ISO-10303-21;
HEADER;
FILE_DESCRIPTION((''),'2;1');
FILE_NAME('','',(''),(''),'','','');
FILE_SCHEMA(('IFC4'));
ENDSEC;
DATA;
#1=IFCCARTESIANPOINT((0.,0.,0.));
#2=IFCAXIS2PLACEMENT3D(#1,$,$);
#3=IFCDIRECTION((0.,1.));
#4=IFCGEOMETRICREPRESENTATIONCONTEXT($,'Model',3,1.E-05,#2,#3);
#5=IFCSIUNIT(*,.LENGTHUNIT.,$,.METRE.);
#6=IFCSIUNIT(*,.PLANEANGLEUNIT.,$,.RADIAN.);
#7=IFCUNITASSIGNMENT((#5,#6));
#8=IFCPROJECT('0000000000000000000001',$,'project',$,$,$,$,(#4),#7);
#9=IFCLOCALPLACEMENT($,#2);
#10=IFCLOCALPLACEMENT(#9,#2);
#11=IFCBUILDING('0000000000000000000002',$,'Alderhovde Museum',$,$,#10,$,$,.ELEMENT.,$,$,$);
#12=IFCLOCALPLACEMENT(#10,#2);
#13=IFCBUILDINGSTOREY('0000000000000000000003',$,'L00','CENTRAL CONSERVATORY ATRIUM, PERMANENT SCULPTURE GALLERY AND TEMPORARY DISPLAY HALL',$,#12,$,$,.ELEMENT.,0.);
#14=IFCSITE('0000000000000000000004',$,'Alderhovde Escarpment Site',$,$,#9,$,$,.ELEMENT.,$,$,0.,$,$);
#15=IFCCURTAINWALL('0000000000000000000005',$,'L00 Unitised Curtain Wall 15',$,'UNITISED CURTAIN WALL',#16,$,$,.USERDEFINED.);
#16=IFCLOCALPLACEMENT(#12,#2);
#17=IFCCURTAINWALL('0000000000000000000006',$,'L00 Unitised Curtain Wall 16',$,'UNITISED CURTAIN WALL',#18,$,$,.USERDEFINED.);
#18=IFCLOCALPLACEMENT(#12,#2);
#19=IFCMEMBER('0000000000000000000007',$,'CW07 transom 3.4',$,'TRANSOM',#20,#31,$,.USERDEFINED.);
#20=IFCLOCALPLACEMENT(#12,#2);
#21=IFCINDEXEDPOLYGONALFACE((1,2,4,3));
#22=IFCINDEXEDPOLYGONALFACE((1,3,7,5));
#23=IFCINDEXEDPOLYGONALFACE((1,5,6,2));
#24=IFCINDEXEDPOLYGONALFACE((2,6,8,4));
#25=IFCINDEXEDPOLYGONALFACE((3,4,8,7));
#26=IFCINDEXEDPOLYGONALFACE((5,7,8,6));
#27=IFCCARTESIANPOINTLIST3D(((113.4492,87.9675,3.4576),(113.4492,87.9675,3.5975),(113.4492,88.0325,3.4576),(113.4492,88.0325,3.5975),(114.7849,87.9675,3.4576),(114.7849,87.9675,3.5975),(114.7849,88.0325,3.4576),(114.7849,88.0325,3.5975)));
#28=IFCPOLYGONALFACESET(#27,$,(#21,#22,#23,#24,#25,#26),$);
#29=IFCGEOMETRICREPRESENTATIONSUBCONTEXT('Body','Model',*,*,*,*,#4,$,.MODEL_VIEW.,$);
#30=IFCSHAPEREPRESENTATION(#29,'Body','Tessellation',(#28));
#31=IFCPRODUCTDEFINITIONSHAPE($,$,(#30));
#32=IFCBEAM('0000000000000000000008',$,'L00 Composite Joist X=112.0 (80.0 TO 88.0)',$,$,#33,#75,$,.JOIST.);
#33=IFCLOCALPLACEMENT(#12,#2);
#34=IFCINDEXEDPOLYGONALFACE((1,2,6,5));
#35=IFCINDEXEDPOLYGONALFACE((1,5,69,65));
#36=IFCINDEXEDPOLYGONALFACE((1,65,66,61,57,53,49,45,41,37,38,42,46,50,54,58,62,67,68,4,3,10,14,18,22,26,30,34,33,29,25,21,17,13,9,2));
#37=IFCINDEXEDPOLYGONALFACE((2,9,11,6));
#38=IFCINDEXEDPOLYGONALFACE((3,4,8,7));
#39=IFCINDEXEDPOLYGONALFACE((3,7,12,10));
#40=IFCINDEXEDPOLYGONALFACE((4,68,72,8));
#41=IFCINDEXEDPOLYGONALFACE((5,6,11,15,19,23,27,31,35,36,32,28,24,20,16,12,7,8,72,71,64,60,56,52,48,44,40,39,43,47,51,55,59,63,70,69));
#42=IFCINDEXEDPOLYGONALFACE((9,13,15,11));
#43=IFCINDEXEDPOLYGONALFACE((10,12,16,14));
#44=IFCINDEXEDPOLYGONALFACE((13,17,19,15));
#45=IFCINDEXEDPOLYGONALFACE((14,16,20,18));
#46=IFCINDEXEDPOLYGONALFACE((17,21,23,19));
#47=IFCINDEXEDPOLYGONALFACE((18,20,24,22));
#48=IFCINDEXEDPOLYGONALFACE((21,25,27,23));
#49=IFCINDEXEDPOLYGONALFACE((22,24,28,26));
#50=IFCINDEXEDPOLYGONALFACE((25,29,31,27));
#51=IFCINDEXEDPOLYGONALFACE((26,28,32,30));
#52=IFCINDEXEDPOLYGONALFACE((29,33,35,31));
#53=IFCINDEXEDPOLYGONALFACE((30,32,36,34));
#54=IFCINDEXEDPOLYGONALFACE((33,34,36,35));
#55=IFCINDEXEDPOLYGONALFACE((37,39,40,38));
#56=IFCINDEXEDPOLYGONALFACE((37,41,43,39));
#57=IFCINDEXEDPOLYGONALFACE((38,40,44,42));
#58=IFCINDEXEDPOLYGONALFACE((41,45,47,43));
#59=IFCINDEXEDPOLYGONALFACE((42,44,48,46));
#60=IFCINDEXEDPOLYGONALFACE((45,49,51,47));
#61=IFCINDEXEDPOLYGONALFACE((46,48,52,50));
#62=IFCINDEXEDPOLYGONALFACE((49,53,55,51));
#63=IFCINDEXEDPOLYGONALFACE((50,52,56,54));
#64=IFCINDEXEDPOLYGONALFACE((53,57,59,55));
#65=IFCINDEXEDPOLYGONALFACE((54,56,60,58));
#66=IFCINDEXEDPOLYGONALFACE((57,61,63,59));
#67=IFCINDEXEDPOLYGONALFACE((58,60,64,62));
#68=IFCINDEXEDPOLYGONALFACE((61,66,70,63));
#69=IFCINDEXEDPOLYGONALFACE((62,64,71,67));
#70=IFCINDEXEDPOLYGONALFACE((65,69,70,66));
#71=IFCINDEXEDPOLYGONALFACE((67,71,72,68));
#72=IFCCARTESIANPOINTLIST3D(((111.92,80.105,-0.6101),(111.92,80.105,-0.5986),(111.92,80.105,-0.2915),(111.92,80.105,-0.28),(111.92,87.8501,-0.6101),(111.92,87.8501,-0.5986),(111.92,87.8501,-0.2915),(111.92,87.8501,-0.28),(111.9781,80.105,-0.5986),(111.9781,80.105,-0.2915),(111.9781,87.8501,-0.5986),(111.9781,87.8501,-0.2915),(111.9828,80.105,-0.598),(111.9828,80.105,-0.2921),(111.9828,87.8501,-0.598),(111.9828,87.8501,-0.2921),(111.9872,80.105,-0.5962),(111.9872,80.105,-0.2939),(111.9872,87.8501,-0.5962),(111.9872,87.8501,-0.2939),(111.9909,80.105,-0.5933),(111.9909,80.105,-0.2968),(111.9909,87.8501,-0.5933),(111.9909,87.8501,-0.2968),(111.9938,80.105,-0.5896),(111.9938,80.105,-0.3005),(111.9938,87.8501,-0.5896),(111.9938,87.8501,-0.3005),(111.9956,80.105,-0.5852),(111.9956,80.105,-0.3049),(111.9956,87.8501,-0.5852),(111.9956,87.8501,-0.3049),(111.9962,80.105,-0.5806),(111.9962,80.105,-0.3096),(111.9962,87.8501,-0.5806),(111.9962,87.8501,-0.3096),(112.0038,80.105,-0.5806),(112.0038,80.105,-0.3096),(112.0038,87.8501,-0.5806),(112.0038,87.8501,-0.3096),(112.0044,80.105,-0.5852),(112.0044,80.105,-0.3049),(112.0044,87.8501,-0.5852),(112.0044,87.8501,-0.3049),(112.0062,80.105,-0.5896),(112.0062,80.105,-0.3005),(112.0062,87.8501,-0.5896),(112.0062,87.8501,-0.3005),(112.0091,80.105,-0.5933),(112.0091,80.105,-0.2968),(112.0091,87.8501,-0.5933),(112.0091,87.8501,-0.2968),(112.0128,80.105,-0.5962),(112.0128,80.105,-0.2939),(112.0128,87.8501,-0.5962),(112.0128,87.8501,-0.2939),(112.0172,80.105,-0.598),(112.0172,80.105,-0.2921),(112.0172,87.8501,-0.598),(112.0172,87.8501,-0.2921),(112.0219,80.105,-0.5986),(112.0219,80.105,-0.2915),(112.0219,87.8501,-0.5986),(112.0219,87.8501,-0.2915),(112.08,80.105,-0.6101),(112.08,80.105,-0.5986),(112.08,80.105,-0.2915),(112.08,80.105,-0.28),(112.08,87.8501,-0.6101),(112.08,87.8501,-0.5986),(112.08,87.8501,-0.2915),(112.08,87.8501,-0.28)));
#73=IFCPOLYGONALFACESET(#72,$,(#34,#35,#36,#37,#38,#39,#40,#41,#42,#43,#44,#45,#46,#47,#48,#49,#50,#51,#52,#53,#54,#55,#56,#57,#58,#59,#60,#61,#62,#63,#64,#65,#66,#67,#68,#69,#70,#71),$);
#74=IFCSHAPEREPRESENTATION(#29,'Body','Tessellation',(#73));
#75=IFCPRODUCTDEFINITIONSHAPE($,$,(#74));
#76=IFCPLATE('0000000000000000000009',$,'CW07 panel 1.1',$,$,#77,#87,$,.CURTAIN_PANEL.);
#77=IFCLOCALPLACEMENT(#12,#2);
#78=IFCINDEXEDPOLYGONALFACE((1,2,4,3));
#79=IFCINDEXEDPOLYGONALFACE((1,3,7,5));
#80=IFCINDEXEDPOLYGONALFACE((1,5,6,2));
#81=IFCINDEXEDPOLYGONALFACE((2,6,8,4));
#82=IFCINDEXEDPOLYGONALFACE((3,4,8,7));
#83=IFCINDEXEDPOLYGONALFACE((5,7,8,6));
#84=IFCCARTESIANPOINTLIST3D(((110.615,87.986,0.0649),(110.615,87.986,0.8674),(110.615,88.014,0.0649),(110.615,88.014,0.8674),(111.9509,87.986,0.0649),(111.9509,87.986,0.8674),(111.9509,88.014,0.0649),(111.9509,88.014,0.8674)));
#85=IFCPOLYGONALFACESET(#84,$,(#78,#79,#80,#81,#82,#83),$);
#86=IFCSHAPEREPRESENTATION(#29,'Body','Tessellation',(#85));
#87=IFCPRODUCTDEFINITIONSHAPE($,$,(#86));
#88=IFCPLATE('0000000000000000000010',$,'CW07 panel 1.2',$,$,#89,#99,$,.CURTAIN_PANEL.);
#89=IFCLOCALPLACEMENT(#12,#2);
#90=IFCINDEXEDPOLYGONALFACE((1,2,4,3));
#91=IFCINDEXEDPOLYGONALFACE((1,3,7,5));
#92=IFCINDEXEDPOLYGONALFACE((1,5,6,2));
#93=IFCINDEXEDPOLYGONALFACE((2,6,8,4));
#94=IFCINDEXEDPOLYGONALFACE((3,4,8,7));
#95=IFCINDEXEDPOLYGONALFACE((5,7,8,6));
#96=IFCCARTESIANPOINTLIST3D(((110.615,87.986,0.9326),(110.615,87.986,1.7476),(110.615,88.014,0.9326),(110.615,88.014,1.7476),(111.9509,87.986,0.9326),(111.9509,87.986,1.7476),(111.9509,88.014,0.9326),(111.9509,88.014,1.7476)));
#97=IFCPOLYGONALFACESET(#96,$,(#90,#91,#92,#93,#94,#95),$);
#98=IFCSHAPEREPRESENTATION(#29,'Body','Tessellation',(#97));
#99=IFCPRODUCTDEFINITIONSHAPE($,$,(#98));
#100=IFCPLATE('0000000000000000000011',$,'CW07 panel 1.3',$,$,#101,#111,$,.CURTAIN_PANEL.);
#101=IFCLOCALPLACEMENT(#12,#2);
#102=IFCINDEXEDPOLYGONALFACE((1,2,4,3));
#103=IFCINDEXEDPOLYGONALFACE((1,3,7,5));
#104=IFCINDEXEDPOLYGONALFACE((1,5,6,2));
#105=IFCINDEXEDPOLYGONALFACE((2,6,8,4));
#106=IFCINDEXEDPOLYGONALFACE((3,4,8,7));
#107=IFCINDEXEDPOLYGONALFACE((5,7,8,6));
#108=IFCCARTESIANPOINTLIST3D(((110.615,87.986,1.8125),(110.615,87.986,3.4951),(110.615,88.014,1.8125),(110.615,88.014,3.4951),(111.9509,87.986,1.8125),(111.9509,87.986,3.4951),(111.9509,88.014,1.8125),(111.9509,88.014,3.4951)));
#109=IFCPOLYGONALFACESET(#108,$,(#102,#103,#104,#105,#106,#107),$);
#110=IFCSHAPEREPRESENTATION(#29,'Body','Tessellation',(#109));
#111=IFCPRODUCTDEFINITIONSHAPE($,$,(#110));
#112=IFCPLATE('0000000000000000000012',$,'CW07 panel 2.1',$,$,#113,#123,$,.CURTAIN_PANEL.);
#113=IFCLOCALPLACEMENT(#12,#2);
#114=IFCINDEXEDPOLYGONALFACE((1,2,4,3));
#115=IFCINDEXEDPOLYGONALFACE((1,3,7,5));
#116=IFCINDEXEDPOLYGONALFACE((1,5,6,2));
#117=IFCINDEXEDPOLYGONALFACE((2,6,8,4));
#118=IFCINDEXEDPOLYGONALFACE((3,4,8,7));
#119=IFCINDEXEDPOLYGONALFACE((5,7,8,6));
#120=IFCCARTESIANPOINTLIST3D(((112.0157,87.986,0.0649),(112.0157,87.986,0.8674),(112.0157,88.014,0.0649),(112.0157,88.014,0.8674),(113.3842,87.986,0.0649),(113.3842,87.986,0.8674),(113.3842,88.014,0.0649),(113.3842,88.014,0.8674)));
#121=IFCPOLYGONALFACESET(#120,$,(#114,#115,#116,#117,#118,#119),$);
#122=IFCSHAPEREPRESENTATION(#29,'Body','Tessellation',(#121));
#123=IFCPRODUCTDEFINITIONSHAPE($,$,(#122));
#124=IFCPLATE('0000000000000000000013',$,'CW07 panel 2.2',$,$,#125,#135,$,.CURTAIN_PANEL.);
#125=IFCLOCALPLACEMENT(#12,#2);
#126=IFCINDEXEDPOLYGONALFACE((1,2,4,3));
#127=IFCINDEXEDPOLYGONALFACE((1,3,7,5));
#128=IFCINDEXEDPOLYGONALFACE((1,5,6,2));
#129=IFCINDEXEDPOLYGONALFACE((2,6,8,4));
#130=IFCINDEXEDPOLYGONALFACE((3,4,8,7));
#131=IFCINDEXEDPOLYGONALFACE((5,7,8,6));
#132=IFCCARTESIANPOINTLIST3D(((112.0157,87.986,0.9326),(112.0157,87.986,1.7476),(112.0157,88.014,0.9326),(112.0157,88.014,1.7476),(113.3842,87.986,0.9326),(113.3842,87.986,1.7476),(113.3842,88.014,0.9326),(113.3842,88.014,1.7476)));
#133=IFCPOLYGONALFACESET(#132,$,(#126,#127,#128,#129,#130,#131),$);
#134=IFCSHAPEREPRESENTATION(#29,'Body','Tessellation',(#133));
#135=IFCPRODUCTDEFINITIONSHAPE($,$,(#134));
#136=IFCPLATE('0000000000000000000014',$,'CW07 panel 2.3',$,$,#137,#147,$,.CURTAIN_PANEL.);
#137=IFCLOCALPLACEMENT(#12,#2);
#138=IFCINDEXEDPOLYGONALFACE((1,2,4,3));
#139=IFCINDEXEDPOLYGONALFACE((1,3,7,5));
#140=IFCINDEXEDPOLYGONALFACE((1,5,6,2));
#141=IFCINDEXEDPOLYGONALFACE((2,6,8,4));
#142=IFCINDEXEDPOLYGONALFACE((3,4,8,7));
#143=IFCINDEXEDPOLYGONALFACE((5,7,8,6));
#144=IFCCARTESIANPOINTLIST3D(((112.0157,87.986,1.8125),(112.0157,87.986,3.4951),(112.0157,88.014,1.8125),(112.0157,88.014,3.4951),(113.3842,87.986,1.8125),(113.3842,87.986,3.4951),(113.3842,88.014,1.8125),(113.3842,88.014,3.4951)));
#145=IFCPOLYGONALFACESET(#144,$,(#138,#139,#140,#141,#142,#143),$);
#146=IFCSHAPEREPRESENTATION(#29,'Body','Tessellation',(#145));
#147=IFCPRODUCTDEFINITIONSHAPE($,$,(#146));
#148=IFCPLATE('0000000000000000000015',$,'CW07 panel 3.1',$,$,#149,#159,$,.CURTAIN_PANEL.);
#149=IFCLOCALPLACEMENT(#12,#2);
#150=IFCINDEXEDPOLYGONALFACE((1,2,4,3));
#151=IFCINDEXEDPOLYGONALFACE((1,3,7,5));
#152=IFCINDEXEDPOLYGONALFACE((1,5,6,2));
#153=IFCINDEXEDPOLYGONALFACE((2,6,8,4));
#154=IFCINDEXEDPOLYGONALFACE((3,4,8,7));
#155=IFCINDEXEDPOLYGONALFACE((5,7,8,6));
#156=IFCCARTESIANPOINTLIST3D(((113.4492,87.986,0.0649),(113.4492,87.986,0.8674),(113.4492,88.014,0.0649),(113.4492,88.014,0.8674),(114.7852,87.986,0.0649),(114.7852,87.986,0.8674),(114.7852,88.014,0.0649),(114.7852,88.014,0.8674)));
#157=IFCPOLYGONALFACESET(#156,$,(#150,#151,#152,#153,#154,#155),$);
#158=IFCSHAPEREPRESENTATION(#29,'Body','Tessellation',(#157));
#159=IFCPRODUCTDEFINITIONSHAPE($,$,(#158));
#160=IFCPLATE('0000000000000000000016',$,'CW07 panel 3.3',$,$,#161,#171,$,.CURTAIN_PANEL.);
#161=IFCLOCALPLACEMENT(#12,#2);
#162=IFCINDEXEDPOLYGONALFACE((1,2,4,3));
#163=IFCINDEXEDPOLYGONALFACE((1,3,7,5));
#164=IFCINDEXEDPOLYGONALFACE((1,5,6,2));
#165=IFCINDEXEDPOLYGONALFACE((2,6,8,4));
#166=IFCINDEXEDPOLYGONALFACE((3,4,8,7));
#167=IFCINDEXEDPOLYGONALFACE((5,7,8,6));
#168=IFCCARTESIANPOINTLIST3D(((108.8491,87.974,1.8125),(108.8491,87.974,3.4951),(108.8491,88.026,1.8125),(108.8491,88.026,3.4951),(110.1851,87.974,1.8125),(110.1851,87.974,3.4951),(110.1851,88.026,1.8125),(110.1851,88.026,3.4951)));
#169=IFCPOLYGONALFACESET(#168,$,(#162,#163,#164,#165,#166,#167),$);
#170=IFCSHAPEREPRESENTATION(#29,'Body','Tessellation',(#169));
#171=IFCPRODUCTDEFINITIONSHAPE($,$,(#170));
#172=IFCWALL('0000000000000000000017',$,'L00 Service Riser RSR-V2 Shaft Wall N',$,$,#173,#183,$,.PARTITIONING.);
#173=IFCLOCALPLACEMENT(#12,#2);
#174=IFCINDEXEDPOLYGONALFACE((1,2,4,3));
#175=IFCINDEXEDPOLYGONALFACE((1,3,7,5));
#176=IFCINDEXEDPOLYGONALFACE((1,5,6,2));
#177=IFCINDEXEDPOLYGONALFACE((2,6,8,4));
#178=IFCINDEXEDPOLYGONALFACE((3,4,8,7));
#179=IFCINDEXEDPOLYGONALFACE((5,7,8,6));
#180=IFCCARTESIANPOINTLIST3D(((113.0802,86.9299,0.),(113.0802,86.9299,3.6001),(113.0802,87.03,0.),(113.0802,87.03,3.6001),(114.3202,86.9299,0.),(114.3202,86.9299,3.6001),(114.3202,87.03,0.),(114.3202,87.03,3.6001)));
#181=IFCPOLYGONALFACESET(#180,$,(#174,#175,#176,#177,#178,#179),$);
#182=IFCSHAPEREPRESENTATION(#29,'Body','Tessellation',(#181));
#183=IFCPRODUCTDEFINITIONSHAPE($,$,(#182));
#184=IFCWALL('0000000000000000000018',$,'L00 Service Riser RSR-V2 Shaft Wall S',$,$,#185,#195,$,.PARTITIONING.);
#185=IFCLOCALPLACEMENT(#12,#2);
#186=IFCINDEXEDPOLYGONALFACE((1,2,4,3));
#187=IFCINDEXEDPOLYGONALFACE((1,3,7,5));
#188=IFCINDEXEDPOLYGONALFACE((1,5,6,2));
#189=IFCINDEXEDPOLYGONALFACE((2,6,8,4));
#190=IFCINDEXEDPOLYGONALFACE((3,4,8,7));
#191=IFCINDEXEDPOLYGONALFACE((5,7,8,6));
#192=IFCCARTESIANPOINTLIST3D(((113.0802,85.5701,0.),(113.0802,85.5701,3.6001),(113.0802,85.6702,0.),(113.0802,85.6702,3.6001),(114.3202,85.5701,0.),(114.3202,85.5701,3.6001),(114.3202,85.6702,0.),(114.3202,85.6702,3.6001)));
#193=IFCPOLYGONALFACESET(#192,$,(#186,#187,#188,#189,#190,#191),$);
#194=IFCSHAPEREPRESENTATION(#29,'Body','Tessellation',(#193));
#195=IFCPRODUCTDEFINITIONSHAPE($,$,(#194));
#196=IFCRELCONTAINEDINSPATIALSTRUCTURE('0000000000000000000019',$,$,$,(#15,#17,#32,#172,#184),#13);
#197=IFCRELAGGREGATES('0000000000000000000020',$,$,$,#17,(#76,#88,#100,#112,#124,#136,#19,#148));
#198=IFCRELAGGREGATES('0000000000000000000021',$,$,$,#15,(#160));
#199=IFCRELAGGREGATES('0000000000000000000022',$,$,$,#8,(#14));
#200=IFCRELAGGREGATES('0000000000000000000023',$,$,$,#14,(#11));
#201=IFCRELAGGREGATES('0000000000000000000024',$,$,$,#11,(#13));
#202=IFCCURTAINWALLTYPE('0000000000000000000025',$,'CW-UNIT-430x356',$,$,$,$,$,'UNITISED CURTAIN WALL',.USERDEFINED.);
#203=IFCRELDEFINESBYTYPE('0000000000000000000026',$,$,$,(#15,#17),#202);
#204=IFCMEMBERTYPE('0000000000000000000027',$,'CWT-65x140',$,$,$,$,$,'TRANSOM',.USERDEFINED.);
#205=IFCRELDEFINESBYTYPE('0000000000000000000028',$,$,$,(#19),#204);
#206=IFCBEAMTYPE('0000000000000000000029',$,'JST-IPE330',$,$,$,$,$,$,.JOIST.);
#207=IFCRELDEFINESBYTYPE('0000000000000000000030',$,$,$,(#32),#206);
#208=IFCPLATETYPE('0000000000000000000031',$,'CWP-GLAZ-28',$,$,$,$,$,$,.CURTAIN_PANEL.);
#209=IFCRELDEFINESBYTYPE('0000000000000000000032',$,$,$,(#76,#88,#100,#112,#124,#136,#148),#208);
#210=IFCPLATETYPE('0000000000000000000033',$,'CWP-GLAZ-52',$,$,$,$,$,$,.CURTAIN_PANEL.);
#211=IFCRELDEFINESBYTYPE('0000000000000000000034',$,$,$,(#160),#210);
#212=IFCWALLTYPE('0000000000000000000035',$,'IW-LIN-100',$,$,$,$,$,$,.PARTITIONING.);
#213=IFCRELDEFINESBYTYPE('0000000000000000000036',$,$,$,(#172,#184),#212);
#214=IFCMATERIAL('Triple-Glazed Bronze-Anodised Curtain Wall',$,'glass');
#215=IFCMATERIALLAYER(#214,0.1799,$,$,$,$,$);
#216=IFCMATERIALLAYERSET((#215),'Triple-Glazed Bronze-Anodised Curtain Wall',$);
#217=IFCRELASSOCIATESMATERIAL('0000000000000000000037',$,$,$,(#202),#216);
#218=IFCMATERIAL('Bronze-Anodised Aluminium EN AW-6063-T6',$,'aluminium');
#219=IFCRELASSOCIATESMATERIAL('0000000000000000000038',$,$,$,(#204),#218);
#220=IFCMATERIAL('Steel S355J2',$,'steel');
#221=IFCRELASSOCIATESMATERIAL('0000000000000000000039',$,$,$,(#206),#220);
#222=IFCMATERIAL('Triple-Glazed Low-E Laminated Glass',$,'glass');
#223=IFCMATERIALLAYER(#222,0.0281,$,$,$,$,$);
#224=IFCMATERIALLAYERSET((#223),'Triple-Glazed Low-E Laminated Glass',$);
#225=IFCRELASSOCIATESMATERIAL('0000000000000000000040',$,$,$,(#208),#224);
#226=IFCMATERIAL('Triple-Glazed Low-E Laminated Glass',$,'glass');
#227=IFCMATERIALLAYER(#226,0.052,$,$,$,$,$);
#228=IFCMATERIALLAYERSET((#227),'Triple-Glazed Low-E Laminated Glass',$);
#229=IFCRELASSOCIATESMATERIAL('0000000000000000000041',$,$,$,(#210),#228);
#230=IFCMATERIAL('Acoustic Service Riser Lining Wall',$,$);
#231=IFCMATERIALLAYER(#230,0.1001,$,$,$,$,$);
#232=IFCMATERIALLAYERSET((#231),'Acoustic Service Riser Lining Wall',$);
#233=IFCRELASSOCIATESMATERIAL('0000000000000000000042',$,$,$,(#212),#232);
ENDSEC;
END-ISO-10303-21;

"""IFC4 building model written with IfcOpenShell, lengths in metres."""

from ifc_helpers import new_model, si_unit, direction, frame, frame_2d, origin, origin_2d, place, context, subcontext, project, spatial, rectangle, i_section, extrude, material, layer, layer_set, material_profile, profile_set, type_object, element, aggregate, save


model = new_model("IFC4")

# Units and contexts
model_context = context("Model", 3, precision=1e-05, world=origin(), true_north=direction((0.0, 1.0)))
body_context = subcontext(model_context, "Body", "Model", "MODEL_VIEW")
ifc_project = project(units=[si_unit("LENGTHUNIT", "METRE"), si_unit("PLANEANGLEUNIT", "RADIAN")], contexts=[model_context])

# Site, building, storey
site_placement = place(None, origin())
site = spatial("IfcSite", under=ifc_project, at=site_placement, Name="Alderhovde Escarpment Site", CompositionType="ELEMENT", RefElevation=0.0)
building_placement = place(site_placement, origin())
building = spatial("IfcBuilding", under=site, at=building_placement, Name="Alderhovde Museum", CompositionType="ELEMENT")
storey_placement = place(building_placement, origin())
storey = spatial("IfcBuildingStorey", under=building, at=storey_placement, Name="L00", Description="CENTRAL CONSERVATORY ATRIUM, PERMANENT SCULPTURE GALLERY AND TEMPORARY DISPLAY HALL", CompositionType="ELEMENT", Elevation=0.0)

# Curtain wall
ifc_material_1 = material(Name="Triple-Glazed Bronze-Anodised Curtain Wall", Category="glass")
ifc_layer_1 = layer(ifc_material_1, 0.1799)
ifc_layer_set_1 = layer_set([ifc_layer_1], Name="Triple-Glazed Bronze-Anodised Curtain Wall")
curtain_wall_type = type_object("IfcCurtainWallType", Name="CW-UNIT-430x356", ElementType="UNITISED CURTAIN WALL", PredefinedType="USERDEFINED", material=ifc_layer_set_1)
curtain_wall_1_placement = place(storey_placement, origin())
curtain_wall_1 = element("IfcCurtainWall", 1, at=curtain_wall_1_placement, inside=storey, type_object=curtain_wall_type, Name="L00 Unitised Curtain Wall 15", ObjectType="UNITISED CURTAIN WALL", PredefinedType="USERDEFINED")

# Curtain wall, member
curtain_wall_2_placement = place(storey_placement, origin())
curtain_wall_2 = element("IfcCurtainWall", 2, at=curtain_wall_2_placement, inside=storey, type_object=curtain_wall_type, Name="L00 Unitised Curtain Wall 16", ObjectType="UNITISED CURTAIN WALL", PredefinedType="USERDEFINED")
ifc_material_2 = material(Name="Bronze-Anodised Aluminium EN AW-6063-T6", Category="aluminium")
ifc_material_profile_1 = material_profile(ifc_material_2, rectangle(XDim=0.0649, YDim=0.1399, at=origin_2d()), Name="TRANSOM 65x140")
ifc_profile_set_1 = profile_set([ifc_material_profile_1], Name="Bronze-Anodised Aluminium EN AW-6063-T6")
member_type_1 = type_object("IfcMemberType", Name="CWT-65x140", ElementType="TRANSOM", PredefinedType="USERDEFINED", material=ifc_profile_set_1)
member_1_placement = place(storey_placement, frame((113.4492, 88.0, 3.5276), z_axis=(1.0, 0.0, 0.0), x_axis=(0.0, 1.0, 0.0)))
member_1 = element("IfcMember", 3, at=member_1_placement, type_object=member_type_1, Name="CW07 transom 3.4", ObjectType="TRANSOM", PredefinedType="USERDEFINED", context=body_context, shape_type="SweptSolid", body=[
    extrude(rectangle(XDim=0.0649, YDim=0.1399, at=origin_2d()), origin(), (0.0, 0.0, 1.0), 1.3357),
])

# Beam
ifc_material_3 = material(Name="Steel S355J2", Category="steel")
ifc_material_profile_2 = material_profile(ifc_material_3, i_section(OverallWidth=0.1599, OverallDepth=0.3301, WebThickness=0.0076, FlangeThickness=0.0115, FilletRadius=0.0181, at=origin_2d()), Name="IPE 330")
ifc_profile_set_2 = profile_set([ifc_material_profile_2], Name="Steel S355J2")
beam_type = type_object("IfcBeamType", Name="JST-IPE330", PredefinedType="JOIST", material=ifc_profile_set_2)
beam_placement = place(storey_placement, frame((112.0, 80.105, -0.4451), z_axis=(0.0, 1.0, 0.0), x_axis=(-1.0, 0.0, 0.0)))
element("IfcBeam", 4, at=beam_placement, inside=storey, type_object=beam_type, Name="L00 Composite Joist X=112.0 (80.0 TO 88.0)", PredefinedType="JOIST", context=body_context, shape_type="SweptSolid", body=[
    extrude(i_section(OverallWidth=0.1599, OverallDepth=0.3301, WebThickness=0.0076, FlangeThickness=0.0115, FilletRadius=0.0181, at=origin_2d()), origin(), (0.0, 0.0, 1.0), 7.7451),
])

# Plates
ifc_material_4 = material(Name="Triple-Glazed Low-E Laminated Glass", Category="glass")
ifc_layer_2 = layer(ifc_material_4, 0.0281)
ifc_layer_set_2 = layer_set([ifc_layer_2], Name="Triple-Glazed Low-E Laminated Glass")
plate_type_1 = type_object("IfcPlateType", Name="CWP-GLAZ-28", PredefinedType="CURTAIN_PANEL", material=ifc_layer_set_2)
plate_1_placement = place(storey_placement, frame((111.283, 88.0, 0.0649), z_axis=(0.0, 0.0, 1.0), x_axis=(1.0, 0.0, 0.0)))
plate_1 = element("IfcPlate", 5, at=plate_1_placement, type_object=plate_type_1, Name="CW07 panel 1.1", PredefinedType="CURTAIN_PANEL", context=body_context, shape_type="SweptSolid", body=[
    extrude(rectangle(XDim=1.3359, YDim=0.0281, at=origin_2d()), origin(), (0.0, 0.0, 1.0), 0.8025),
])
plate_2_placement = place(storey_placement, frame((111.283, 88.0, 0.9326), z_axis=(0.0, 0.0, 1.0), x_axis=(1.0, 0.0, 0.0)))
plate_2 = element("IfcPlate", 6, at=plate_2_placement, type_object=plate_type_1, Name="CW07 panel 1.2", PredefinedType="CURTAIN_PANEL", context=body_context, shape_type="SweptSolid", body=[
    extrude(rectangle(XDim=1.3359, YDim=0.0281, at=origin_2d()), origin(), (0.0, 0.0, 1.0), 0.8149),
])
plate_3_placement = place(storey_placement, frame((111.283, 88.0, 1.8125), z_axis=(0.0, 0.0, 1.0), x_axis=(1.0, 0.0, 0.0)))
plate_3 = element("IfcPlate", 7, at=plate_3_placement, type_object=plate_type_1, Name="CW07 panel 1.3", PredefinedType="CURTAIN_PANEL", context=body_context, shape_type="SweptSolid", body=[
    extrude(rectangle(XDim=1.3359, YDim=0.0281, at=origin_2d()), origin(), (0.0, 0.0, 1.0), 1.6826),
])
plate_4_placement = place(storey_placement, frame((112.7, 88.0, 0.0649), z_axis=(0.0, 0.0, 1.0), x_axis=(1.0, 0.0, 0.0)))
plate_4 = element("IfcPlate", 8, at=plate_4_placement, type_object=plate_type_1, Name="CW07 panel 2.1", PredefinedType="CURTAIN_PANEL", context=body_context, shape_type="SweptSolid", body=[
    extrude(rectangle(XDim=1.3684, YDim=0.0281, at=origin_2d()), origin(), (0.0, 0.0, 1.0), 0.8025),
])
plate_5_placement = place(storey_placement, frame((112.7, 88.0, 0.9326), z_axis=(0.0, 0.0, 1.0), x_axis=(1.0, 0.0, 0.0)))
plate_5 = element("IfcPlate", 9, at=plate_5_placement, type_object=plate_type_1, Name="CW07 panel 2.2", PredefinedType="CURTAIN_PANEL", context=body_context, shape_type="SweptSolid", body=[
    extrude(rectangle(XDim=1.3684, YDim=0.0281, at=origin_2d()), origin(), (0.0, 0.0, 1.0), 0.8149),
])
plate_6_placement = place(storey_placement, frame((112.7, 88.0, 1.8125), z_axis=(0.0, 0.0, 1.0), x_axis=(1.0, 0.0, 0.0)))
plate_6 = element("IfcPlate", 10, at=plate_6_placement, type_object=plate_type_1, Name="CW07 panel 2.3", PredefinedType="CURTAIN_PANEL", context=body_context, shape_type="SweptSolid", body=[
    extrude(rectangle(XDim=1.3684, YDim=0.0281, at=origin_2d()), origin(), (0.0, 0.0, 1.0), 1.6826),
])
plate_7_placement = place(storey_placement, frame((114.1172, 88.0, 0.0649), z_axis=(0.0, 0.0, 1.0), x_axis=(1.0, 0.0, 0.0)))
plate_7 = element("IfcPlate", 11, at=plate_7_placement, type_object=plate_type_1, Name="CW07 panel 3.1", PredefinedType="CURTAIN_PANEL", context=body_context, shape_type="SweptSolid", body=[
    extrude(rectangle(XDim=1.3359, YDim=0.0281, at=origin_2d()), origin(), (0.0, 0.0, 1.0), 0.8025),
])
aggregate(curtain_wall_2, [plate_1, plate_2, plate_3, plate_4, plate_5, plate_6, member_1, plate_7])
ifc_material_5 = material(Name="Triple-Glazed Low-E Laminated Glass", Category="glass")
ifc_layer_3 = layer(ifc_material_5, 0.052)
ifc_layer_set_3 = layer_set([ifc_layer_3], Name="Triple-Glazed Low-E Laminated Glass")
plate_type_2 = type_object("IfcPlateType", Name="CWP-GLAZ-52", PredefinedType="CURTAIN_PANEL", material=ifc_layer_set_3)
plate_8_placement = place(storey_placement, frame((109.5171, 88.0, 1.8125), z_axis=(0.0, 0.0, 1.0), x_axis=(1.0, 0.0, 0.0)))
plate_8 = element("IfcPlate", 12, at=plate_8_placement, type_object=plate_type_2, Name="CW07 panel 3.3", PredefinedType="CURTAIN_PANEL", context=body_context, shape_type="SweptSolid", body=[
    extrude(rectangle(XDim=1.3359, YDim=0.052, at=origin_2d()), origin(), (0.0, 0.0, 1.0), 1.6826),
])
aggregate(curtain_wall_1, [plate_8])

# Walls
ifc_material_6 = material(Name="Acoustic Service Riser Lining Wall")
ifc_layer_4 = layer(ifc_material_6, 0.1001)
ifc_layer_set_4 = layer_set([ifc_layer_4], Name="Acoustic Service Riser Lining Wall")
wall_type = type_object("IfcWallType", Name="IW-LIN-100", PredefinedType="PARTITIONING", material=ifc_layer_set_4)
for number, where, z_axis, x_axis, name in (
    (13, (113.0801, 86.98, 0.0), (0.0, 0.0, 1.0), (1.0, 0.0, 0.0), "L00 Service Riser RSR-V2 Shaft Wall N"),
    (14, (113.0801, 85.6201, 0.0), (0.0, 0.0, 1.0), (1.0, 0.0, 0.0), "L00 Service Riser RSR-V2 Shaft Wall S"),
):
    element("IfcWall", number, at=place(storey_placement, frame(where, z_axis=z_axis, x_axis=x_axis)), inside=storey, type_object=wall_type, Name=name, PredefinedType="PARTITIONING", context=body_context, shape_type="SweptSolid", body=[
        extrude(rectangle(XDim=1.24, YDim=0.1001, at=frame_2d((0.6201, 0.0))), origin(), (0.0, 0.0, 1.0), 3.6001),
    ])

save(model, "model.ifc")
